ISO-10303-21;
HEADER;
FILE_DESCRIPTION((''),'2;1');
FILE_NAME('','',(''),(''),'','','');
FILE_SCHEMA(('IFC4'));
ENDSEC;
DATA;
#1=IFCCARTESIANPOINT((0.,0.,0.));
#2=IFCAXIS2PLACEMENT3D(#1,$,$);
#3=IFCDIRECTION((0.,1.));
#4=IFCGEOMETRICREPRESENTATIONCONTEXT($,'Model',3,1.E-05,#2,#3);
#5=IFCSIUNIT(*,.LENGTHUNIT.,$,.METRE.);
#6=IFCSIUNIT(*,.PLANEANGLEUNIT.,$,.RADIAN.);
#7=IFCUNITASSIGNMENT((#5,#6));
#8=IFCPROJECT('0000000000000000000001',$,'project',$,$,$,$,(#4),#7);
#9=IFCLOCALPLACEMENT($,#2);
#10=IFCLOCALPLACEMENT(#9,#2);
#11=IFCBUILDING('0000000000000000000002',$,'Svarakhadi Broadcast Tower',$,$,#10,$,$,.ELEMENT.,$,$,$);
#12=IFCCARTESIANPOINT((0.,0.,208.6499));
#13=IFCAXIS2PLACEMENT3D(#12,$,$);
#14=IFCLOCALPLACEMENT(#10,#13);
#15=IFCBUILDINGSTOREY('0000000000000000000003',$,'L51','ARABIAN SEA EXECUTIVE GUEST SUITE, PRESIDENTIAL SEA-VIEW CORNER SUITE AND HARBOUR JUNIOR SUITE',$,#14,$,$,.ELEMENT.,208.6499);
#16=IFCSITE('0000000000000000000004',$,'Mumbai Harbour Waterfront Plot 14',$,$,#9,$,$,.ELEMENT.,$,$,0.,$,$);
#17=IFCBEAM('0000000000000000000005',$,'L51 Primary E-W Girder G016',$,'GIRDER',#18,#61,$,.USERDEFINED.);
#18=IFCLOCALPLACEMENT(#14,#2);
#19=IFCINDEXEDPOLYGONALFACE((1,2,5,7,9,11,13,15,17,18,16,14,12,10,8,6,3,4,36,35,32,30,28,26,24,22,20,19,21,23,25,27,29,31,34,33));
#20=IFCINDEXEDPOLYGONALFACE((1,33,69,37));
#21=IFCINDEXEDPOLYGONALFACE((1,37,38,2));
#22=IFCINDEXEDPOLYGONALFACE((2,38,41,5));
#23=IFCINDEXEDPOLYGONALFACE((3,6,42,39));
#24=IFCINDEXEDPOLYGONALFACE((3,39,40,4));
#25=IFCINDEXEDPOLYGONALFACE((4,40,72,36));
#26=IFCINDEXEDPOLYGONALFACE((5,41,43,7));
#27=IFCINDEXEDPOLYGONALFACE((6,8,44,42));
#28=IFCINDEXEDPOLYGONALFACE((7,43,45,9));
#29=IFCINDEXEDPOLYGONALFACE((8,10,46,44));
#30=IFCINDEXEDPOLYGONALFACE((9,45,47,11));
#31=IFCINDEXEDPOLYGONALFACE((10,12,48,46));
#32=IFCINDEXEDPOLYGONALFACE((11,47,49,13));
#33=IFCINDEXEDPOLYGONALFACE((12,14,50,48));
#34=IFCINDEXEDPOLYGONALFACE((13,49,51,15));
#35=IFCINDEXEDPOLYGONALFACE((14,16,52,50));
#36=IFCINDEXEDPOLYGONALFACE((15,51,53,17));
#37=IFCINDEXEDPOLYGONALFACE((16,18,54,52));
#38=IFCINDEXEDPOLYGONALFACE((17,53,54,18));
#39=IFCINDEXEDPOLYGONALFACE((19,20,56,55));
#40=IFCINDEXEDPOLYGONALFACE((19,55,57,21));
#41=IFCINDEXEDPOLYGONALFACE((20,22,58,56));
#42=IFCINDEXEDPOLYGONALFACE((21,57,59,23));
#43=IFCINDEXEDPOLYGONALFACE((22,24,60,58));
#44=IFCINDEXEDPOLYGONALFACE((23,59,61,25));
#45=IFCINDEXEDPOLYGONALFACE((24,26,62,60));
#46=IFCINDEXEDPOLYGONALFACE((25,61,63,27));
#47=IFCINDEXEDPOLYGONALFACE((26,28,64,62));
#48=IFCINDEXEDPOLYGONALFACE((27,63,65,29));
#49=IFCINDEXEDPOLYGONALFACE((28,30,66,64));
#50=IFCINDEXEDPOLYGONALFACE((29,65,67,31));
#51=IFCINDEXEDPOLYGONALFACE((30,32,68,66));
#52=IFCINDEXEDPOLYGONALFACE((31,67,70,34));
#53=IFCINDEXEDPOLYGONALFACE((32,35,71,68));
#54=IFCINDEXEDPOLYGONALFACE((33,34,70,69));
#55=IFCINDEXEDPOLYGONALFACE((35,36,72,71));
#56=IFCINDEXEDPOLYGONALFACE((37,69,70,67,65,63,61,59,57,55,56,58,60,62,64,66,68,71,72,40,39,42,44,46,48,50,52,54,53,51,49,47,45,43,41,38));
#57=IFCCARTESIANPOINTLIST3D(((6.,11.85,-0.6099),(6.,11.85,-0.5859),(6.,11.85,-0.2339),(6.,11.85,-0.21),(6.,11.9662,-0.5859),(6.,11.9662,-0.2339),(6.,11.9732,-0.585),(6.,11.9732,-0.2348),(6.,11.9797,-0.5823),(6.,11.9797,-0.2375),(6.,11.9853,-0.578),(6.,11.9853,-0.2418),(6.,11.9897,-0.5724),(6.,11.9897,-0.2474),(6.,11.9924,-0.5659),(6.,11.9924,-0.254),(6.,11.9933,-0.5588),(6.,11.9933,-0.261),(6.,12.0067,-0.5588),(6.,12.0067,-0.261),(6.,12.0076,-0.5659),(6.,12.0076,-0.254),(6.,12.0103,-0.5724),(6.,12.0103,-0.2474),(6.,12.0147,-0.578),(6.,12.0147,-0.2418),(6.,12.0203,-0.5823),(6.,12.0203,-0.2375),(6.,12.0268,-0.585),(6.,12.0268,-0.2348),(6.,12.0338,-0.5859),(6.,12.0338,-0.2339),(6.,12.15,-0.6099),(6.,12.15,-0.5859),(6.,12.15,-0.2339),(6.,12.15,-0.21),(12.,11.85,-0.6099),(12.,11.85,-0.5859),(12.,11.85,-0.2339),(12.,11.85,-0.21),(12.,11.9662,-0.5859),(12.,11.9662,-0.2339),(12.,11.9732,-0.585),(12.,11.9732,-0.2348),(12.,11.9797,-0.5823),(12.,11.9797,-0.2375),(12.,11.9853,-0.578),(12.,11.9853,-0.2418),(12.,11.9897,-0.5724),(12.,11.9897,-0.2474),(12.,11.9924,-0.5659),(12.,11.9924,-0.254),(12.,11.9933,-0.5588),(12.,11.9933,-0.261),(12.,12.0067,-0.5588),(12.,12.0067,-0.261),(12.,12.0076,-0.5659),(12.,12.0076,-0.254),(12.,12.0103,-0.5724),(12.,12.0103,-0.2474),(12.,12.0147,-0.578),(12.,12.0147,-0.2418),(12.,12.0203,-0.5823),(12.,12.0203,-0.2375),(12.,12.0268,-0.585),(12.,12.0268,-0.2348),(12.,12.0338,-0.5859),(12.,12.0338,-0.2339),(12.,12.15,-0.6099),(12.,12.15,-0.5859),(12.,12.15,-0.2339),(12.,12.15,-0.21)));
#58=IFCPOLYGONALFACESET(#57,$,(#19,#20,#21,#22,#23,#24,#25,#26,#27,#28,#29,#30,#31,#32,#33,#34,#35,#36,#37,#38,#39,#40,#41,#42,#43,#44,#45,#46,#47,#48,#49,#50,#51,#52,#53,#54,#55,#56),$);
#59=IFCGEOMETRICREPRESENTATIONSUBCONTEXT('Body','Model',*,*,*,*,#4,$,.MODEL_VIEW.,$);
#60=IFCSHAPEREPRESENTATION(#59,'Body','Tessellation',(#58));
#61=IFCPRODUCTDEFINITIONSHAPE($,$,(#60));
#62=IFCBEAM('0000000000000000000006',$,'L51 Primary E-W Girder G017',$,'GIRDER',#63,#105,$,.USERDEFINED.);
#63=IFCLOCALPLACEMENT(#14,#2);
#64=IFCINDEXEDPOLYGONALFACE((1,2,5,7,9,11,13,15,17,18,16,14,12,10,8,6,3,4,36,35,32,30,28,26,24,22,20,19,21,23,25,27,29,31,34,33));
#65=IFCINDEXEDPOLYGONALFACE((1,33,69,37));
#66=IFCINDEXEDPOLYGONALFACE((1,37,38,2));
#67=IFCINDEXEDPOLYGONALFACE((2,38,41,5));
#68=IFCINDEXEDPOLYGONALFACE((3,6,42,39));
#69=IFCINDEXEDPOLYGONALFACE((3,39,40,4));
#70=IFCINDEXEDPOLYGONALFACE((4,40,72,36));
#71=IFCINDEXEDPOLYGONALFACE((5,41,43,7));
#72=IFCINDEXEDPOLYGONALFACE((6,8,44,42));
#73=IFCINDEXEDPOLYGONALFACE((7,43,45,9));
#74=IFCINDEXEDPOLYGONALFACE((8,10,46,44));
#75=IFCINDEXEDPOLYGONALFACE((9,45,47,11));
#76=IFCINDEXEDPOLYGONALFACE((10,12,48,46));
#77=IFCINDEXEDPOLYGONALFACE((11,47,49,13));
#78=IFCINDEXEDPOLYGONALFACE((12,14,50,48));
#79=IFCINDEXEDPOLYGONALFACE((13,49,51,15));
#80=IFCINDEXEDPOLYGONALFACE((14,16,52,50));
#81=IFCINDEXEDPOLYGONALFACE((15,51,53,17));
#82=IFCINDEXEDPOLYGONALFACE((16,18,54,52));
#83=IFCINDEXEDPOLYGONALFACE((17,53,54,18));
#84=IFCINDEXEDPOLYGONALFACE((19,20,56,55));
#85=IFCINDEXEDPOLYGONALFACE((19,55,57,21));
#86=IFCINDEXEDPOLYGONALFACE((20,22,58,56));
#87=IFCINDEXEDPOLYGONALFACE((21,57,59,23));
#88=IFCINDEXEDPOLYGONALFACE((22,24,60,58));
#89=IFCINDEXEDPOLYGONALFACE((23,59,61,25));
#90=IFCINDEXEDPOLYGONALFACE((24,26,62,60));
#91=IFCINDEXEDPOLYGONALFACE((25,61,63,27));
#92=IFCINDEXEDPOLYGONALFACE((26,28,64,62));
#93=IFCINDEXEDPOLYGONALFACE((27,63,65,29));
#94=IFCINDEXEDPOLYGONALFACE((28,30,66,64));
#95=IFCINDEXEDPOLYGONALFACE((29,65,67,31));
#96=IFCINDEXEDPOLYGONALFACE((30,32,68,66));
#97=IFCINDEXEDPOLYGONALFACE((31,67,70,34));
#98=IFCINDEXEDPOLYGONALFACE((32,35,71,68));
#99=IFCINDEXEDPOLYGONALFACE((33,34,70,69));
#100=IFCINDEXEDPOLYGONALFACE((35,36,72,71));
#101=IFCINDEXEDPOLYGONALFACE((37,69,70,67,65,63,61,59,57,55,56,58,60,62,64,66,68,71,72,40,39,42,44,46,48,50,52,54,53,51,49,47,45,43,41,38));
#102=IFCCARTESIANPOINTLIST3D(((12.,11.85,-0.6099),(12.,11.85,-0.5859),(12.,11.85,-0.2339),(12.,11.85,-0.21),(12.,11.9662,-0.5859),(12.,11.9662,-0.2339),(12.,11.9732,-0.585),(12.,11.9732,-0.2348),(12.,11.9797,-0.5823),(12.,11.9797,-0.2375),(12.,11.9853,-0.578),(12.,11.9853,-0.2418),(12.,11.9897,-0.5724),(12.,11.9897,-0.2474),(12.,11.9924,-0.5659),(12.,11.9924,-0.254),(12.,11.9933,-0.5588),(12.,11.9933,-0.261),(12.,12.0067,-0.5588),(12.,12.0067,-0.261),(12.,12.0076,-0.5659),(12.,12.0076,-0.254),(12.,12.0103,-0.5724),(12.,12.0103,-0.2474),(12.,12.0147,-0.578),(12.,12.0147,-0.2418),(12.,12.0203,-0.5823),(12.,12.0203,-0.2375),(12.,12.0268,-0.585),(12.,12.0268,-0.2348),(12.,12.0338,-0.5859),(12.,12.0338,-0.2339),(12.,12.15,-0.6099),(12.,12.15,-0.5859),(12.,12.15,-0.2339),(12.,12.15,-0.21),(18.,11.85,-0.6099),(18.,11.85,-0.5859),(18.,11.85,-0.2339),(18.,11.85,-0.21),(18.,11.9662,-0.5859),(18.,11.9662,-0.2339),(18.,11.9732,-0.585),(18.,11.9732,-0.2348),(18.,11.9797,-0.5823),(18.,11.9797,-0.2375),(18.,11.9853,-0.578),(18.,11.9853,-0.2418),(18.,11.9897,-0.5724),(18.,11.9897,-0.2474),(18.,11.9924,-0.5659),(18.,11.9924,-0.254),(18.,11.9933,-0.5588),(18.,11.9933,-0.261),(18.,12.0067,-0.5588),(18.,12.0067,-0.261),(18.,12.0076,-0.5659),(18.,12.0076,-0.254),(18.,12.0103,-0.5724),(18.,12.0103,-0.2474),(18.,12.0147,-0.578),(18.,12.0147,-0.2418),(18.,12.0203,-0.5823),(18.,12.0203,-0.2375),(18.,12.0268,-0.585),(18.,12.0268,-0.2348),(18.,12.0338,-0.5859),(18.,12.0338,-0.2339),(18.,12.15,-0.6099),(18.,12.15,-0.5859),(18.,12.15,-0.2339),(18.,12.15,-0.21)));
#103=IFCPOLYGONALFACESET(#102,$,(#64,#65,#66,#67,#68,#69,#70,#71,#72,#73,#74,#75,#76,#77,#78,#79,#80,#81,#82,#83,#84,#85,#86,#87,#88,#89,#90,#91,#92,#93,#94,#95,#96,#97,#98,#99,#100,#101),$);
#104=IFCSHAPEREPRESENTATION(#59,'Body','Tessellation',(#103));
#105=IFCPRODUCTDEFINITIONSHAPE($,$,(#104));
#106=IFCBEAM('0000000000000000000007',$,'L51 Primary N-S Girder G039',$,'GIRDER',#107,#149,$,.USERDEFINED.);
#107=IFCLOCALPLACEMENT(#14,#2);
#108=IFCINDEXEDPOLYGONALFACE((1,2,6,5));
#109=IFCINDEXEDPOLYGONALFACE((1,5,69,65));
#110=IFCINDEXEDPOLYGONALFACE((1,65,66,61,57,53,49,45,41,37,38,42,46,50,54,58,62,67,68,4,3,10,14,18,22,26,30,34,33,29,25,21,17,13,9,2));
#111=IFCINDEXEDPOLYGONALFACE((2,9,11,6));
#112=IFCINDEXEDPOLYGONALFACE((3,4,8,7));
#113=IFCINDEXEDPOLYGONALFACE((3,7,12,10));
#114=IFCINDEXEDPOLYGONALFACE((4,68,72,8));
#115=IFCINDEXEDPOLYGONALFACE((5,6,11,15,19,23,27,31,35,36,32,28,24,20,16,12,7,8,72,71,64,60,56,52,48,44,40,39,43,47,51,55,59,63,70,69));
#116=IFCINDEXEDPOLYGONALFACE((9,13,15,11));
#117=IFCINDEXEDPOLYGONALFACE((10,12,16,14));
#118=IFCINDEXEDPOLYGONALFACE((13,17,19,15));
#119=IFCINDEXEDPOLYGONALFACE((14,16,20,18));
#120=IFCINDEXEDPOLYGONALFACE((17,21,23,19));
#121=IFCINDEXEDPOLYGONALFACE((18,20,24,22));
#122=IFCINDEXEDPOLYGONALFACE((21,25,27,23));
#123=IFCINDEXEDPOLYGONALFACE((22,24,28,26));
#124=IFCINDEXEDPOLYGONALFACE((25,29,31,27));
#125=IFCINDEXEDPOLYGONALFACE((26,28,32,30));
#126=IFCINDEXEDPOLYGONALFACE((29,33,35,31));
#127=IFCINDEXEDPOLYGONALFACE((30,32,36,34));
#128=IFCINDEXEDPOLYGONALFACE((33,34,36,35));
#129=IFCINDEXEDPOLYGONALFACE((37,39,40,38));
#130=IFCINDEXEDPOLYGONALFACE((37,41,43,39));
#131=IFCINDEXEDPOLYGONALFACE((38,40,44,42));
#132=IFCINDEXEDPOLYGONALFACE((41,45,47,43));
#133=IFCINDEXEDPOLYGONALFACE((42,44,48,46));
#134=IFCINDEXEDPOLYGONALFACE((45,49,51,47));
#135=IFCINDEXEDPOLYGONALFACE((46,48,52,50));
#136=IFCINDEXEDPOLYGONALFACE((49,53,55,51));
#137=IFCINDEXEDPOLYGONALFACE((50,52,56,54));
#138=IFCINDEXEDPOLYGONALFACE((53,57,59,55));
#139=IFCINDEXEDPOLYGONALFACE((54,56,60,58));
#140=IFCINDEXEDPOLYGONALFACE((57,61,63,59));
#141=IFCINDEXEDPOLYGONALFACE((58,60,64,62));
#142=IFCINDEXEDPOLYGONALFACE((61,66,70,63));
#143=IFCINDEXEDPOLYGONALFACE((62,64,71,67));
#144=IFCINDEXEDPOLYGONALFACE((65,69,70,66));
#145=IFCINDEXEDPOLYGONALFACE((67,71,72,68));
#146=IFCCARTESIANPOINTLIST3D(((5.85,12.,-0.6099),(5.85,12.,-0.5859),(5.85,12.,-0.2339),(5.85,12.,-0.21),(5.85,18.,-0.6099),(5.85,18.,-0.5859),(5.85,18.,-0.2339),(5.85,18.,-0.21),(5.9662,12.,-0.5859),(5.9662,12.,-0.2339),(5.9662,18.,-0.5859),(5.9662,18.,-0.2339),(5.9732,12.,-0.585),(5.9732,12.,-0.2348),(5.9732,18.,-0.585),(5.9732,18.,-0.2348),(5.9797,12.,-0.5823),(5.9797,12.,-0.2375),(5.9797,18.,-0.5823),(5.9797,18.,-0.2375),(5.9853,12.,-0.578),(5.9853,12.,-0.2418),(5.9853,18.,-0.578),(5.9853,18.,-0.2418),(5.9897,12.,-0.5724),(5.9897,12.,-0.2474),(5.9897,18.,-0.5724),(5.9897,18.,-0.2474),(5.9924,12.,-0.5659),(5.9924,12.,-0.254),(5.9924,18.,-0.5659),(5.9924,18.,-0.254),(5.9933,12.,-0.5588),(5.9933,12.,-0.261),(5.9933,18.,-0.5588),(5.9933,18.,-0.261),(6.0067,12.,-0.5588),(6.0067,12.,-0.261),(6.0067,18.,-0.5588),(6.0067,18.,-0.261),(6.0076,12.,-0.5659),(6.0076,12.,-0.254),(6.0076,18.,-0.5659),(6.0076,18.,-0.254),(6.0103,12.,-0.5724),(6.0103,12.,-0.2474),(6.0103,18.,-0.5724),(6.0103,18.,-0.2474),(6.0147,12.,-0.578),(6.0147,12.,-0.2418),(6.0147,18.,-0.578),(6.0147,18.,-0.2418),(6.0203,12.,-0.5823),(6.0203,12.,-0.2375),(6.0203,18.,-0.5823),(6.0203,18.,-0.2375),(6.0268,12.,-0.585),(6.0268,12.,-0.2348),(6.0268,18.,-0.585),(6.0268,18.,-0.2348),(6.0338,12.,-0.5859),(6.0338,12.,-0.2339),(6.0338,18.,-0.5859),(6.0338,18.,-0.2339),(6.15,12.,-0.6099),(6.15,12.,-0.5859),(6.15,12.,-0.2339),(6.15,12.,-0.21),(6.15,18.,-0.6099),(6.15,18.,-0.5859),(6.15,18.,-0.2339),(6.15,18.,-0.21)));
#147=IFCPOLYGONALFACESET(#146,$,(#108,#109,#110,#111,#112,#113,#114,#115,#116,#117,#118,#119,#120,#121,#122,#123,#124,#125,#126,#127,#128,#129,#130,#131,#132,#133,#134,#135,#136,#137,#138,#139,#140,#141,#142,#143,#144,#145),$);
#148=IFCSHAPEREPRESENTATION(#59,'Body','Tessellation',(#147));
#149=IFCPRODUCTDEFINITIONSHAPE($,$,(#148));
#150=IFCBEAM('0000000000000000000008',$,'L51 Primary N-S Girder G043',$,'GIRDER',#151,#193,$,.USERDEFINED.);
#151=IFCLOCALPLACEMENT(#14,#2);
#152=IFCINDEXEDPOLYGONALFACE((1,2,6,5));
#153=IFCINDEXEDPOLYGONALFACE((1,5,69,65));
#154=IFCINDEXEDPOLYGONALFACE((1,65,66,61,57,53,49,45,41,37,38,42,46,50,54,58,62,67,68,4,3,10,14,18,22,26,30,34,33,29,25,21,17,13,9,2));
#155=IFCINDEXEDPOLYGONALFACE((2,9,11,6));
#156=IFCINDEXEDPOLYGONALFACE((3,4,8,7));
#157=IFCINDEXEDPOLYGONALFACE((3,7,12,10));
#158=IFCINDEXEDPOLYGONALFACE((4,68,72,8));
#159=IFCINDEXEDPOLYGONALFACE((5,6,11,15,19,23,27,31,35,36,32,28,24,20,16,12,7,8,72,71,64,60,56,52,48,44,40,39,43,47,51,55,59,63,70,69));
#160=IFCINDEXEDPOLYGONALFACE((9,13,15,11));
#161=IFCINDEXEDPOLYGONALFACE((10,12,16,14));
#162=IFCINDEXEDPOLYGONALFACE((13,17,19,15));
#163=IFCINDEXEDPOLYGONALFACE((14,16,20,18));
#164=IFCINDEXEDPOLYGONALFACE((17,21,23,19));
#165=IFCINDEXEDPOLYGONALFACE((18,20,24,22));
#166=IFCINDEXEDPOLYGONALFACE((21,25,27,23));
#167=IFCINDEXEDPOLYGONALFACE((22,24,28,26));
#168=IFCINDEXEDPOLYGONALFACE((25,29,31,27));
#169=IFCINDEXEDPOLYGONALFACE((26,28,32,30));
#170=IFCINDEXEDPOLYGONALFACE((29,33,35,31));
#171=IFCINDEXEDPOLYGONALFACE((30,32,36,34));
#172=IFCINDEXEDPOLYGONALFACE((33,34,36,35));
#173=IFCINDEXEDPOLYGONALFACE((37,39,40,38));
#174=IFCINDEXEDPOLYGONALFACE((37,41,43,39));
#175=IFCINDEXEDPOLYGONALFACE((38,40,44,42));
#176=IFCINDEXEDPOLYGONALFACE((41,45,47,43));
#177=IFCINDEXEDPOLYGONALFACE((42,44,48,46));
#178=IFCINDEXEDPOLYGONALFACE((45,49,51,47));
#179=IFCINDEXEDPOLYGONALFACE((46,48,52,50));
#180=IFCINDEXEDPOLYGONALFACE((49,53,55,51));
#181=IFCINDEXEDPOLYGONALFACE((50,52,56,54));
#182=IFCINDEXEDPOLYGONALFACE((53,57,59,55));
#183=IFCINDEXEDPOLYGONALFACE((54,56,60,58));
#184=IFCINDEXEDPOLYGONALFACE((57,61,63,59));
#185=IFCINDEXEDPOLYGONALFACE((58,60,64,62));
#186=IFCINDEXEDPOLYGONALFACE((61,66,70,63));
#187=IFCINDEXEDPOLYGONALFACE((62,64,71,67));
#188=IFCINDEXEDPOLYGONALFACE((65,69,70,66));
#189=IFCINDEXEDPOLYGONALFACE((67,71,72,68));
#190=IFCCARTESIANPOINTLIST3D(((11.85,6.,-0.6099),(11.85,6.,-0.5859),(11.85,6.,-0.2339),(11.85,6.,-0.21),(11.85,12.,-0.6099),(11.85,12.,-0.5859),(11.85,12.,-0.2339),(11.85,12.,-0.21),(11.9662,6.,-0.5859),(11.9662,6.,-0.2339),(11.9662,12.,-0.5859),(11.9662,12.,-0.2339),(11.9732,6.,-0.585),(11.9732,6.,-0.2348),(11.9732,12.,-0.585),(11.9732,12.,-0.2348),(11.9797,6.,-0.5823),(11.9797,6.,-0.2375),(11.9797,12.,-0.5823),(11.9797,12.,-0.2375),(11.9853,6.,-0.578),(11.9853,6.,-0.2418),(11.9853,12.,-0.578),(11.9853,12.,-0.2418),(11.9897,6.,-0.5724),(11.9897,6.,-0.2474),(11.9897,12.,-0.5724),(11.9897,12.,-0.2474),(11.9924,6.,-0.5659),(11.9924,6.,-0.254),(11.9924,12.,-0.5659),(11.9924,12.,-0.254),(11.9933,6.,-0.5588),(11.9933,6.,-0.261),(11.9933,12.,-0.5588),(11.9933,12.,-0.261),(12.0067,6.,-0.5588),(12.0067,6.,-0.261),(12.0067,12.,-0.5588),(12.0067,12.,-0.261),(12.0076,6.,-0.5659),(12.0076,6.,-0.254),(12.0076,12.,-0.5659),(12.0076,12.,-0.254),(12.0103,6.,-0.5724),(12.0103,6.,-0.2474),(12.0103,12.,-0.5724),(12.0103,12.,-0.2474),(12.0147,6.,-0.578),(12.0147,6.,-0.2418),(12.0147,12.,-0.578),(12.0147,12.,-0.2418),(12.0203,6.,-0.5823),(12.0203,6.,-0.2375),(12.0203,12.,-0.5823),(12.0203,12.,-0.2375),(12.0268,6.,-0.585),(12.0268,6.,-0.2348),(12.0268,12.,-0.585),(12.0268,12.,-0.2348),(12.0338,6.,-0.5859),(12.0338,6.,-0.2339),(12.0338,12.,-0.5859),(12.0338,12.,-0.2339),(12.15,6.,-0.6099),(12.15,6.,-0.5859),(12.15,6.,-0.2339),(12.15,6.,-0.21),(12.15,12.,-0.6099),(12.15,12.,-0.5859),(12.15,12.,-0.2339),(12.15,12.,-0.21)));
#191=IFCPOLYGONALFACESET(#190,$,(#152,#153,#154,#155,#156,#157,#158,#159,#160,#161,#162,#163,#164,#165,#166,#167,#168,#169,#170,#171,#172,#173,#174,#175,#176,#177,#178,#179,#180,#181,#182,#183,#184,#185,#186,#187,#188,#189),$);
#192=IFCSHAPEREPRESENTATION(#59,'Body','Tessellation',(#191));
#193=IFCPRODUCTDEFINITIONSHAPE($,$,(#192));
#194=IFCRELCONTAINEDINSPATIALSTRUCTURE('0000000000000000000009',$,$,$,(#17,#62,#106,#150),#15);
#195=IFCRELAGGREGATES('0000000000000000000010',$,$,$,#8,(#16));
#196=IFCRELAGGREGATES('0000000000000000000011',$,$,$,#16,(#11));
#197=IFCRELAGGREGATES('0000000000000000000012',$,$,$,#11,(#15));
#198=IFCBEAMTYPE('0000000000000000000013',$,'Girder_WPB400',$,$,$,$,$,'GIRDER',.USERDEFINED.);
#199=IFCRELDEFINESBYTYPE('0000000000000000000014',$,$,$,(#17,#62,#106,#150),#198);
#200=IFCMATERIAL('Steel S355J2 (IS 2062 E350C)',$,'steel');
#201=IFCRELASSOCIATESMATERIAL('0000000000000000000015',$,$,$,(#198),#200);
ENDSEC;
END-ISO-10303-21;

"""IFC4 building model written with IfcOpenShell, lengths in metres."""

from ifc_helpers import new_model, si_unit, direction, frame, origin, origin_2d, place, context, subcontext, project, spatial, i_section, extrude, material, material_profile, profile_set, type_object, element, save


model = new_model("IFC4")

# Units and contexts
model_context = context("Model", 3, precision=1e-05, world=origin(), true_north=direction((0.0, 1.0)))
body_context = subcontext(model_context, "Body", "Model", "MODEL_VIEW")
ifc_project = project(units=[si_unit("LENGTHUNIT", "METRE"), si_unit("PLANEANGLEUNIT", "RADIAN")], contexts=[model_context])

# Site, building, storey
site_placement = place(None, origin())
site = spatial("IfcSite", under=ifc_project, at=site_placement, Name="Mumbai Harbour Waterfront Plot 14", CompositionType="ELEMENT", RefElevation=0.0)
building_placement = place(site_placement, origin())
building = spatial("IfcBuilding", under=site, at=building_placement, Name="Svarakhadi Broadcast Tower", CompositionType="ELEMENT")
storey_placement = place(building_placement, frame((0.0, 0.0, 208.6499)))
storey = spatial("IfcBuildingStorey", under=building, at=storey_placement, Name="L51", Description="ARABIAN SEA EXECUTIVE GUEST SUITE, PRESIDENTIAL SEA-VIEW CORNER SUITE AND HARBOUR JUNIOR SUITE", CompositionType="ELEMENT", Elevation=208.6499)

# Beams
ifc_material_1 = material(Name="Steel S355J2 (IS 2062 E350C)", Category="steel")
ifc_material_profile_1 = material_profile(ifc_material_1, i_section(OverallWidth=0.3, OverallDepth=0.3999, WebThickness=0.0134, FlangeThickness=0.0239, FilletRadius=0.0271, at=origin_2d()), Name="WPB 400x300x155")
ifc_profile_set_1 = profile_set([ifc_material_profile_1], Name="Steel S355J2 (IS 2062 E350C)")
beam_type_1 = type_object("IfcBeamType", Name="Girder_WPB400", ElementType="GIRDER", PredefinedType="USERDEFINED", material=ifc_profile_set_1)
for number, where, z_axis, x_axis, name in (
    (1, (6.0, 12.0, -0.4099), (1.0, 0.0, 0.0), (0.0, 1.0, 0.0), "L51 Primary E-W Girder G016"),
    (2, (12.0, 12.0, -0.4099), (1.0, 0.0, 0.0), (0.0, 1.0, 0.0), "L51 Primary E-W Girder G017"),
    (3, (6.0, 12.0, -0.4099), (0.0, 1.0, 0.0), (-1.0, 0.0, 0.0), "L51 Primary N-S Girder G039"),
    (4, (12.0, 6.0, -0.4099), (0.0, 1.0, 0.0), (-1.0, 0.0, 0.0), "L51 Primary N-S Girder G043"),
):
    element("IfcBeam", number, at=place(storey_placement, frame(where, z_axis=z_axis, x_axis=x_axis)), inside=storey, type_object=beam_type_1, Name=name, ObjectType="GIRDER", PredefinedType="USERDEFINED", context=body_context, shape_type="SweptSolid", body=[
        extrude(i_section(OverallWidth=0.3, OverallDepth=0.3999, WebThickness=0.0134, FlangeThickness=0.0239, FilletRadius=0.0271, at=origin_2d()), origin(), (0.0, 0.0, 1.0), 6.0),
    ])

save(model, "model.ifc")
